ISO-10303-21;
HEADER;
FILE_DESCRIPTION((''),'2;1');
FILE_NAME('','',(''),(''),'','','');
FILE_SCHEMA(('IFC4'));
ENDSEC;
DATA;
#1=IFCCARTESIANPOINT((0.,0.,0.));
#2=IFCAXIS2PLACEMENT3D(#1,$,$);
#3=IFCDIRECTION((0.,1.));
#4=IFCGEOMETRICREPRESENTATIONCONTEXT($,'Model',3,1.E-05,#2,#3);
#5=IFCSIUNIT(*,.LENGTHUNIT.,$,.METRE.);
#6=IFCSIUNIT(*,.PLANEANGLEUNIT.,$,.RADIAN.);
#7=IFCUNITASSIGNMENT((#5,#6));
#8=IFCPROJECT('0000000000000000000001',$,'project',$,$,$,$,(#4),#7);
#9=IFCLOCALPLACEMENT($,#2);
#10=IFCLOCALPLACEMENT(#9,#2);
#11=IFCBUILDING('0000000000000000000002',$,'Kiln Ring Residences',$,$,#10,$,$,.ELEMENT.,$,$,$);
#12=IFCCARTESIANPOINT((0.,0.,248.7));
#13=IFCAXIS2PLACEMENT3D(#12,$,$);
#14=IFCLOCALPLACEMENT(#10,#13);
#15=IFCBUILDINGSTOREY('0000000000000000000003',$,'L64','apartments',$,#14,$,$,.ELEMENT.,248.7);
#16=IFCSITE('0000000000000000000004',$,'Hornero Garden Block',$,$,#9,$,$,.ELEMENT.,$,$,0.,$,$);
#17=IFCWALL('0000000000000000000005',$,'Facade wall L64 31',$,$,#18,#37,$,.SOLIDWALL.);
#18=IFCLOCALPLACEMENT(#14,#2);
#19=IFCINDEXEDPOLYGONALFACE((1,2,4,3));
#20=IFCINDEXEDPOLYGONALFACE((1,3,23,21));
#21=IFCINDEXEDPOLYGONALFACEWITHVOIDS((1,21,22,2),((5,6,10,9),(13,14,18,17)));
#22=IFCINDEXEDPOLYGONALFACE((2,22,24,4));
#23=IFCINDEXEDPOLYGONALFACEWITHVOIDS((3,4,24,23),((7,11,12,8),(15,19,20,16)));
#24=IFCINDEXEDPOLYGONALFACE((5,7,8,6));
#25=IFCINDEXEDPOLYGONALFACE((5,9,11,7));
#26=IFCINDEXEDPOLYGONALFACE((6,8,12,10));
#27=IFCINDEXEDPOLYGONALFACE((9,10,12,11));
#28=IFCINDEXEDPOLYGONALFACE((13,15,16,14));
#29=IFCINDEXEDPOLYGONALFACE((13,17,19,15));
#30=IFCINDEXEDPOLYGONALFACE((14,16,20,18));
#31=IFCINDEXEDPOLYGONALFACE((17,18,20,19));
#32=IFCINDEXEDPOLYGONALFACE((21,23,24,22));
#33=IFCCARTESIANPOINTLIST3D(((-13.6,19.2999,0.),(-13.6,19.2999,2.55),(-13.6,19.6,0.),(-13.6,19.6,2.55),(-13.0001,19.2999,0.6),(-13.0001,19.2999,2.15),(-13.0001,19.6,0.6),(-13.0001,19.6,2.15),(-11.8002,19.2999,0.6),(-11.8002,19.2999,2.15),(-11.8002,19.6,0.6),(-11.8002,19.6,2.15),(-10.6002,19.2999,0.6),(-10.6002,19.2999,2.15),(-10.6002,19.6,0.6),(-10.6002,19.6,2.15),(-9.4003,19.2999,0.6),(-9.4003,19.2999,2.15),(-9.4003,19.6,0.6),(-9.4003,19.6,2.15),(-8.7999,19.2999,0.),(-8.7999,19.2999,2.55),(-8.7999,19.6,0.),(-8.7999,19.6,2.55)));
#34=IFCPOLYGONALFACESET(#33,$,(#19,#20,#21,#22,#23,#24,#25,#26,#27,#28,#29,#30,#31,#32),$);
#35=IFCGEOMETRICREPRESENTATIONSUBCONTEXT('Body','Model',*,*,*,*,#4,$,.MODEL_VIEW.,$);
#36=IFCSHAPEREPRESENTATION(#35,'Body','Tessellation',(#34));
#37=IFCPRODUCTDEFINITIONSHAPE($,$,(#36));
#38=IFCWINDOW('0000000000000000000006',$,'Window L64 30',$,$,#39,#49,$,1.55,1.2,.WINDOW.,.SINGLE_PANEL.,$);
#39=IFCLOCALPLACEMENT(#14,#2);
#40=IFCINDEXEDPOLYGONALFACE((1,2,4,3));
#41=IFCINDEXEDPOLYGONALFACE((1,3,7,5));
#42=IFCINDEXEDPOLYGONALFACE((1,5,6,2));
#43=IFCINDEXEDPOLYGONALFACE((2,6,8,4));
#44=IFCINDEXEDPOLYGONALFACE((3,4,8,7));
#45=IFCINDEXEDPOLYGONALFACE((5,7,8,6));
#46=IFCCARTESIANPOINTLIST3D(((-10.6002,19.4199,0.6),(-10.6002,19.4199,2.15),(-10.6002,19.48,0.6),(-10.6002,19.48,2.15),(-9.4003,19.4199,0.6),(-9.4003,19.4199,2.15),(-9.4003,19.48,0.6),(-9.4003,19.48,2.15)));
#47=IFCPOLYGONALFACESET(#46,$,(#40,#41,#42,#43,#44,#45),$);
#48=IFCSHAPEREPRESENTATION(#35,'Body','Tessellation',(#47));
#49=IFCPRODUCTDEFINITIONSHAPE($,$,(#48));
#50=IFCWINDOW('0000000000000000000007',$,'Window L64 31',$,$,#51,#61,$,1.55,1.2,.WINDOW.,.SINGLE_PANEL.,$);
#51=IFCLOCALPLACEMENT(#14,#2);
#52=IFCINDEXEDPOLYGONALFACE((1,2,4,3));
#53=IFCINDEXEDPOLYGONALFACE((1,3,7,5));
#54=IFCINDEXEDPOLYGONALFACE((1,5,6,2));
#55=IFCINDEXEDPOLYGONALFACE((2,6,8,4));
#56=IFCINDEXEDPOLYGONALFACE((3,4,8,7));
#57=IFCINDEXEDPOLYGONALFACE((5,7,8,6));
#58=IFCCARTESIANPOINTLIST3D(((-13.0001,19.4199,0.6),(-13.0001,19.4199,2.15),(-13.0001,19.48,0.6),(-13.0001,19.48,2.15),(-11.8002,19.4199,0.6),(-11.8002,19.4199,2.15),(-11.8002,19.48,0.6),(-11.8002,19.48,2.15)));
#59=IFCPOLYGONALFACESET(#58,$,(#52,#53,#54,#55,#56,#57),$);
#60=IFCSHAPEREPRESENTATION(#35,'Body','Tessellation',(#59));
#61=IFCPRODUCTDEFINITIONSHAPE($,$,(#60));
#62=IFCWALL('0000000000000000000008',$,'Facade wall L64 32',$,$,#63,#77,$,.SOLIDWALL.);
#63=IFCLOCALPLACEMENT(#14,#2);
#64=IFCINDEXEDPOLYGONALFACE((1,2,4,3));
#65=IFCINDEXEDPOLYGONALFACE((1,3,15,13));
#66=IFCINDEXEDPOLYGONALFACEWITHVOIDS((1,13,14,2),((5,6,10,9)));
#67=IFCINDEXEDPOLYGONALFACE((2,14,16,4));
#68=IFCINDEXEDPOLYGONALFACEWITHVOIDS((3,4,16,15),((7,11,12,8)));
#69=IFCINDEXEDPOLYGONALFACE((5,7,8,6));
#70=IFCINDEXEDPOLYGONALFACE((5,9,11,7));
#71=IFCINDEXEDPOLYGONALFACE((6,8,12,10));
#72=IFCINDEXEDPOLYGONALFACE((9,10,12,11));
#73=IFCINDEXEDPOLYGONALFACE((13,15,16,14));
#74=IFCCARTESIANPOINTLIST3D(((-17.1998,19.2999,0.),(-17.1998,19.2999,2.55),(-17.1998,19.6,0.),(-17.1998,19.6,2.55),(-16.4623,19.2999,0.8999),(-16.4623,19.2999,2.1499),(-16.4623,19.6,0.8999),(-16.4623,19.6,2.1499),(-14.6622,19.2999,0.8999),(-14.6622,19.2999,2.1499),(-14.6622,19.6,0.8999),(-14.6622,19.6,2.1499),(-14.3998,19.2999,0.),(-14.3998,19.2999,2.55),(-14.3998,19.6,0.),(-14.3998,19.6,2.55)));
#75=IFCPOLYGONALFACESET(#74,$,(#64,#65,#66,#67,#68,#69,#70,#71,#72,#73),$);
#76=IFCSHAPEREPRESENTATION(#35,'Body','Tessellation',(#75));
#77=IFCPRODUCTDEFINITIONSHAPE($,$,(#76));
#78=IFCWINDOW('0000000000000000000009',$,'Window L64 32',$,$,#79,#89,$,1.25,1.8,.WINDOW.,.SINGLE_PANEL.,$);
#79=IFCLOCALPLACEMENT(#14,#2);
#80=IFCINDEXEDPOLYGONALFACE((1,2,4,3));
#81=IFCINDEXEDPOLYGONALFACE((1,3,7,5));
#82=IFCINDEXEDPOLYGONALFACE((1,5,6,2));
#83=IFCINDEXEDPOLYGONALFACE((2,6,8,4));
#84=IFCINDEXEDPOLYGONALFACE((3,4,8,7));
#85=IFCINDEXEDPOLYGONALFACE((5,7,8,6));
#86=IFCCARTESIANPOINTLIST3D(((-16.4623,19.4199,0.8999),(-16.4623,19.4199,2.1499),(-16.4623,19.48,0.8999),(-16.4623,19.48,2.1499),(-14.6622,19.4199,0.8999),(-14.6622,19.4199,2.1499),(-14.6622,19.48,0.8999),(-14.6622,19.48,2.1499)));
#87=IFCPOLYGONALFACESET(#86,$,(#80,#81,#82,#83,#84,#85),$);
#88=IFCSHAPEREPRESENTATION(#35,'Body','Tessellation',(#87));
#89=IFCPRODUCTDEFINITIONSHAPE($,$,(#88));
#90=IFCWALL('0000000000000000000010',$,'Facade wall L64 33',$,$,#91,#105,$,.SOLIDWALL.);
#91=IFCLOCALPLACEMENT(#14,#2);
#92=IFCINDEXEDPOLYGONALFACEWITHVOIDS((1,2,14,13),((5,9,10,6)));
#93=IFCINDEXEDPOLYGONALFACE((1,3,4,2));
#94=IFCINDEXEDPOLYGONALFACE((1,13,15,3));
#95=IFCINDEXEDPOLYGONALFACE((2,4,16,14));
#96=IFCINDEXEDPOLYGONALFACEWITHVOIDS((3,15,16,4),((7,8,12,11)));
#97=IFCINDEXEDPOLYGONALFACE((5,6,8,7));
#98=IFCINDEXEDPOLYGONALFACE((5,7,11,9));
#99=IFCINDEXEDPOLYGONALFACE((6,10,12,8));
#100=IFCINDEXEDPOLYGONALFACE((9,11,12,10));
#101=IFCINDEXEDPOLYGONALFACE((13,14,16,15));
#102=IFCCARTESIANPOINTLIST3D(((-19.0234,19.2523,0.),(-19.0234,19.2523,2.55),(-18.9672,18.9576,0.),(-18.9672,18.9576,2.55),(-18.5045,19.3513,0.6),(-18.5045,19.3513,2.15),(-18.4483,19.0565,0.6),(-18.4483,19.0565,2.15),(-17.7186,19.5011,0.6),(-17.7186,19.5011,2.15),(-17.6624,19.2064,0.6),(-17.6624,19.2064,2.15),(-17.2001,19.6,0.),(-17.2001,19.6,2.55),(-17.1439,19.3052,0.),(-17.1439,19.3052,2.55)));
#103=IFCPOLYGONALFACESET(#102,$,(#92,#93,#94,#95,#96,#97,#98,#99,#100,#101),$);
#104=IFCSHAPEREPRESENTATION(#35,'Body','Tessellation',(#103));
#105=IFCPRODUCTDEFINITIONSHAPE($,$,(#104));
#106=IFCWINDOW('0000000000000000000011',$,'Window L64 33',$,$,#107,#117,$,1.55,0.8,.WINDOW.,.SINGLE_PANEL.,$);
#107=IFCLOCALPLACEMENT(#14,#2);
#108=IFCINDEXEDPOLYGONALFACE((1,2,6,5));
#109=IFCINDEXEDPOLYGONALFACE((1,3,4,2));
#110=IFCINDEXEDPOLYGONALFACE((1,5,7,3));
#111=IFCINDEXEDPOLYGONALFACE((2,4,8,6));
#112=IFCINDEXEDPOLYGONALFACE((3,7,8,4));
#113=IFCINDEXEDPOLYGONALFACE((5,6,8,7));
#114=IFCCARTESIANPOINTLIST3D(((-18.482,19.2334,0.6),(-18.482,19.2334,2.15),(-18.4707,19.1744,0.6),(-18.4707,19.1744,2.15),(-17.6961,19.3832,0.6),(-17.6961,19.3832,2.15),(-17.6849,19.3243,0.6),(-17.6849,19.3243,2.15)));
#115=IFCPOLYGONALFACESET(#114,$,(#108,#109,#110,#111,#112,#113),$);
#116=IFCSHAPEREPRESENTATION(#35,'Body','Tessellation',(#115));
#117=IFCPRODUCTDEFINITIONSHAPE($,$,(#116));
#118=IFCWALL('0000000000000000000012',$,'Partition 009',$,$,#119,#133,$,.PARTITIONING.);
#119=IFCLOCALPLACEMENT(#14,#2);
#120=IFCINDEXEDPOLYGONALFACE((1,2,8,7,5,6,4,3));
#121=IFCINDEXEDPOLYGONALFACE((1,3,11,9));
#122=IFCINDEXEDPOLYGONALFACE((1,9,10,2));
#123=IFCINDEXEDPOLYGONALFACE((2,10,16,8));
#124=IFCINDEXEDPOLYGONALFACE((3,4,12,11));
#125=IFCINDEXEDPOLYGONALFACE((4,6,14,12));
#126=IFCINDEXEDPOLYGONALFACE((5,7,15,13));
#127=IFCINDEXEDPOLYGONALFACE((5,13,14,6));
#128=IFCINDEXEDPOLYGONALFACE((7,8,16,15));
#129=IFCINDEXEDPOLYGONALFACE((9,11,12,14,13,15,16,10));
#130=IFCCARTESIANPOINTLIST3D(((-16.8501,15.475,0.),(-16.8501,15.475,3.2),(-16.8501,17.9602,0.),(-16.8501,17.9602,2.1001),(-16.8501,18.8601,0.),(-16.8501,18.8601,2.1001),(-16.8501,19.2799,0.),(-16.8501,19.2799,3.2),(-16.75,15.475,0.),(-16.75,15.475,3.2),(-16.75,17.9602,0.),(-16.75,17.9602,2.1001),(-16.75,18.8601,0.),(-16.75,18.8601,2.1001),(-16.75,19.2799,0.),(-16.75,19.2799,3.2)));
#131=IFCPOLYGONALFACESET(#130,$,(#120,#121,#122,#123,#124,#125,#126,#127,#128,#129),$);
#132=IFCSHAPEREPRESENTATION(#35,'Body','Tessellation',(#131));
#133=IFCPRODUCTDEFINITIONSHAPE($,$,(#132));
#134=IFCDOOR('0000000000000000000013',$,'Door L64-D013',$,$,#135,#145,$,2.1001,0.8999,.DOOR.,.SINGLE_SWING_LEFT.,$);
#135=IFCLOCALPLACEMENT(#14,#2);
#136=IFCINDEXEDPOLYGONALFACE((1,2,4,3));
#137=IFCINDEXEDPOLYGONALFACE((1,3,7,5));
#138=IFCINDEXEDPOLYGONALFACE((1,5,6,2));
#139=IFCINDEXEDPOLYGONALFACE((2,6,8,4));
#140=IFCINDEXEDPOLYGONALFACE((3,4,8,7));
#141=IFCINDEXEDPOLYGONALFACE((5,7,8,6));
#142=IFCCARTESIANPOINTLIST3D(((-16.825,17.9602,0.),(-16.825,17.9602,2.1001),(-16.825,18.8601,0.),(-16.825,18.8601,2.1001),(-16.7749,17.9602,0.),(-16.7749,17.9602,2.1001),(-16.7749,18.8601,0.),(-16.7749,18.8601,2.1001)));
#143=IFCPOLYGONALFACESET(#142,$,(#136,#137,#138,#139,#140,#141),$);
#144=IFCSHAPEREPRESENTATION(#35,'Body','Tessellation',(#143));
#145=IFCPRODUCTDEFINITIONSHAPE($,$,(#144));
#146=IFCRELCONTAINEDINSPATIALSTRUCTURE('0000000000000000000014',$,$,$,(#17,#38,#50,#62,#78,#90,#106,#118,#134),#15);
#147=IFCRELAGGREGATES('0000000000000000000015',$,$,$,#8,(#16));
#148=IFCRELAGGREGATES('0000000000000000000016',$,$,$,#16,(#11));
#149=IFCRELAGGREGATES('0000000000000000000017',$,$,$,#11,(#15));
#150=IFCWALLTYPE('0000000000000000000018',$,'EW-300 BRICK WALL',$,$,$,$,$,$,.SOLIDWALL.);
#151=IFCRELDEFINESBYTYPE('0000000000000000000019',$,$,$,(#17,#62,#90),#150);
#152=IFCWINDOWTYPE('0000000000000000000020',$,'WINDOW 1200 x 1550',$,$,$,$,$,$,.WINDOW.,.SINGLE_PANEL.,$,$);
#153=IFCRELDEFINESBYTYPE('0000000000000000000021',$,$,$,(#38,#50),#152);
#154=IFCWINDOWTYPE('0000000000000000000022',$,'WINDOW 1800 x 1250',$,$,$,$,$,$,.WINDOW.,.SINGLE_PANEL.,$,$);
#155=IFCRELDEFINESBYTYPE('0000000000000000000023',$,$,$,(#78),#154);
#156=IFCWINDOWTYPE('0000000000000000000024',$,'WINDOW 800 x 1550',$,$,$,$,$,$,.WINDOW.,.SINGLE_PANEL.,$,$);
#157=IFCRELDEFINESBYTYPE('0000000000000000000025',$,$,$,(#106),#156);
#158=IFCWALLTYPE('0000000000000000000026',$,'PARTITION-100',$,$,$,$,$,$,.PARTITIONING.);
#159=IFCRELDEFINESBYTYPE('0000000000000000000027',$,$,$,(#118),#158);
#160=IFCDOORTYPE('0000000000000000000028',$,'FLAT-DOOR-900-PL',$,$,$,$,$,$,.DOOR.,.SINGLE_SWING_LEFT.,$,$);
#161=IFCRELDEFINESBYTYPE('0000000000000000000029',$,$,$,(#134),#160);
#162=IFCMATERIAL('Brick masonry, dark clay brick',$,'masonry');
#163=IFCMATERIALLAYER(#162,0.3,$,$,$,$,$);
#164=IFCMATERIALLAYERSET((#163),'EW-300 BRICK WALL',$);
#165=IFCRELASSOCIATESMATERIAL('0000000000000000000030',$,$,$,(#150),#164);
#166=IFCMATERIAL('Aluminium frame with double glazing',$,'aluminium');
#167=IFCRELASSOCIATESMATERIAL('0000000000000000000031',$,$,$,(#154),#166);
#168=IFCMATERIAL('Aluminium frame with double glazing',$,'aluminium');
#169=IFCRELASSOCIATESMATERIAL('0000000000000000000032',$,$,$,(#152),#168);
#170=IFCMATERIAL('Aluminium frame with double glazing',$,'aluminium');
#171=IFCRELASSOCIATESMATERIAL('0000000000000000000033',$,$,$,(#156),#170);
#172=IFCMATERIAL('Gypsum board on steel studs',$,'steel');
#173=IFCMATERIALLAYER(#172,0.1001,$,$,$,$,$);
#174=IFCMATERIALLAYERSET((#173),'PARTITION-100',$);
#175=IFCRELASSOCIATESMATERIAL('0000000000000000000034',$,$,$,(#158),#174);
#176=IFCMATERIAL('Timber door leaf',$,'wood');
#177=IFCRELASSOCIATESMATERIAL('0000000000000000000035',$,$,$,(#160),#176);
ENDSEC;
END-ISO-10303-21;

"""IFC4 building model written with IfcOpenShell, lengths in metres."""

from ifc_helpers import new_model, si_unit, direction, frame, frame_2d, origin, place, context, subcontext, project, spatial, rectangle, extrude, material, layer, layer_set, type_object, element, fill, save


model = new_model("IFC4")

# Units and contexts
model_context = context("Model", 3, precision=1e-05, world=origin(), true_north=direction((0.0, 1.0)))
body_context = subcontext(model_context, "Body", "Model", "MODEL_VIEW")
ifc_project = project(units=[si_unit("LENGTHUNIT", "METRE"), si_unit("PLANEANGLEUNIT", "RADIAN")], contexts=[model_context])

# Site, building, storey
site_placement = place(None, origin())
site = spatial("IfcSite", under=ifc_project, at=site_placement, Name="Hornero Garden Block", CompositionType="ELEMENT", RefElevation=0.0)
building_placement = place(site_placement, origin())
building = spatial("IfcBuilding", under=site, at=building_placement, Name="Kiln Ring Residences", CompositionType="ELEMENT")
storey_placement = place(building_placement, frame((0.0, 0.0, 248.7)))
storey = spatial("IfcBuildingStorey", under=building, at=storey_placement, Name="L64", Description="apartments", CompositionType="ELEMENT", Elevation=248.7)

# Wall, openings, windows
ifc_material_1 = material(Name="Brick masonry, dark clay brick", Category="masonry")
ifc_layer_1 = layer(ifc_material_1, 0.3)
ifc_layer_set_1 = layer_set([ifc_layer_1], Name="EW-300 BRICK WALL")
wall_type_1 = type_object("IfcWallType", Name="EW-300 BRICK WALL", PredefinedType="SOLIDWALL", material=ifc_layer_set_1)
ifc_material_2 = material(Name="Aluminium frame with double glazing", Category="aluminium")
window_type_1 = type_object("IfcWindowType", Name="WINDOW 1800 x 1250", PartitioningType="SINGLE_PANEL", PredefinedType="WINDOW", material=ifc_material_2)
wall_1_placement = place(storey_placement, frame((-8.8, 19.45, 0.0), z_axis=(0.0, 0.0, 1.0), x_axis=(-1.0, 0.0, 0.0)))
wall_1 = element("IfcWall", 1, at=wall_1_placement, inside=storey, type_object=wall_type_1, Name="Facade wall L64 31", PredefinedType="SOLIDWALL", context=body_context, shape_type="SweptSolid", body=[
    extrude(rectangle(XDim=4.8, YDim=0.3, at=frame_2d((2.3999, 0.0))), origin(), (0.0, 0.0, 1.0), 2.55),
])
opening_1_placement = place(wall_1_placement, frame((0.6001, 0.0, 0.6001)))
opening_1 = element("IfcOpeningElement", 2, at=opening_1_placement, cuts=wall_1, PredefinedType="OPENING", context=body_context, shape_type="SweptSolid", body=[
    extrude(rectangle(XDim=1.2, YDim=1.55, at=frame_2d((0.6001, 0.7749))), frame((0.0, 0.1599, 0.0), z_axis=(0.0, -1.0, 0.0), x_axis=(1.0, 0.0, 0.0)), (0.0, 0.0, 1.0), 0.3201),
])
opening_2_placement = place(wall_1_placement, frame((3.0, 0.0, 0.6001)))
opening_2 = element("IfcOpeningElement", 3, at=opening_2_placement, cuts=wall_1, PredefinedType="OPENING", context=body_context, shape_type="SweptSolid", body=[
    extrude(rectangle(XDim=1.2, YDim=1.55, at=frame_2d((0.6001, 0.7749))), frame((0.0, 0.1599, 0.0), z_axis=(0.0, -1.0, 0.0), x_axis=(1.0, 0.0, 0.0)), (0.0, 0.0, 1.0), 0.3201),
])
ifc_material_3 = material(Name="Aluminium frame with double glazing", Category="aluminium")
window_type_2 = type_object("IfcWindowType", Name="WINDOW 1200 x 1550", PartitioningType="SINGLE_PANEL", PredefinedType="WINDOW", material=ifc_material_3)
window_1_placement = place(opening_1_placement, origin())
window_1 = element("IfcWindow", 4, at=window_1_placement, inside=storey, type_object=window_type_2, Name="Window L64 30", OverallHeight=1.55, OverallWidth=1.2, PartitioningType="SINGLE_PANEL", PredefinedType="WINDOW", context=body_context, shape_type="SweptSolid", body=[
    extrude(rectangle(XDim=1.2, YDim=1.55, at=frame_2d((0.6001, 0.7749))), frame((0.0, 0.03, 0.0), z_axis=(0.0, -1.0, 0.0), x_axis=(1.0, 0.0, 0.0)), (0.0, 0.0, 1.0), 0.0601),
])
fill(opening_1, window_1)
window_2_placement = place(opening_2_placement, origin())
window_2 = element("IfcWindow", 5, at=window_2_placement, inside=storey, type_object=window_type_2, Name="Window L64 31", OverallHeight=1.55, OverallWidth=1.2, PartitioningType="SINGLE_PANEL", PredefinedType="WINDOW", context=body_context, shape_type="SweptSolid", body=[
    extrude(rectangle(XDim=1.2, YDim=1.55, at=frame_2d((0.6001, 0.7749))), frame((0.0, 0.03, 0.0), z_axis=(0.0, -1.0, 0.0), x_axis=(1.0, 0.0, 0.0)), (0.0, 0.0, 1.0), 0.0601),
])
fill(opening_2, window_2)

# Walls, openings, windows
wall_2_placement = place(storey_placement, frame((-14.3999, 19.45, 0.0), z_axis=(0.0, 0.0, 1.0), x_axis=(-1.0, 0.0, 0.0)))
wall_2 = element("IfcWall", 6, at=wall_2_placement, inside=storey, type_object=wall_type_1, Name="Facade wall L64 32", PredefinedType="SOLIDWALL", context=body_context, shape_type="SweptSolid", body=[
    extrude(rectangle(XDim=2.8, YDim=0.3, at=frame_2d((1.3999, 0.0))), origin(), (0.0, 0.0, 1.0), 2.55),
])
opening_3_placement = place(wall_2_placement, frame((0.2625, 0.0, 0.8999)))
opening_3 = element("IfcOpeningElement", 7, at=opening_3_placement, cuts=wall_2, PredefinedType="OPENING", context=body_context, shape_type="SweptSolid", body=[
    extrude(rectangle(XDim=1.8, YDim=1.25, at=frame_2d((0.8999, 0.625))), frame((0.0, 0.1599, 0.0), z_axis=(0.0, -1.0, 0.0), x_axis=(1.0, 0.0, 0.0)), (0.0, 0.0, 1.0), 0.3201),
])
window_3_placement = place(opening_3_placement, origin())
window_3 = element("IfcWindow", 8, at=window_3_placement, inside=storey, type_object=window_type_1, Name="Window L64 32", OverallHeight=1.25, OverallWidth=1.8, PartitioningType="SINGLE_PANEL", PredefinedType="WINDOW", context=body_context, shape_type="SweptSolid", body=[
    extrude(rectangle(XDim=1.8, YDim=1.25, at=frame_2d((0.8999, 0.625))), frame((0.0, 0.03, 0.0), z_axis=(0.0, -1.0, 0.0), x_axis=(1.0, 0.0, 0.0)), (0.0, 0.0, 1.0), 0.0601),
])
fill(opening_3, window_3)
wall_3_placement = place(storey_placement, frame((-17.1719, 19.4526, 0.0), z_axis=(0.0, 0.0, 1.0), x_axis=(-0.982302, -0.187306, 0.0)))
wall_3 = element("IfcWall", 9, at=wall_3_placement, inside=storey, type_object=wall_type_1, Name="Facade wall L64 33", PredefinedType="SOLIDWALL", context=body_context, shape_type="SweptSolid", body=[
    extrude(rectangle(XDim=1.8562, YDim=0.3, at=frame_2d((0.9282, 0.0))), origin(), (0.0, 0.0, 1.0), 2.55),
])
opening_4_placement = place(wall_3_placement, frame((0.5281, 0.0, 0.6001)))
opening_4 = element("IfcOpeningElement", 10, at=opening_4_placement, cuts=wall_3, PredefinedType="OPENING", context=body_context, shape_type="SweptSolid", body=[
    extrude(rectangle(XDim=0.8, YDim=1.55, at=frame_2d((0.3999, 0.7749))), frame((0.0, 0.1599, 0.0), z_axis=(0.0, -1.0, 0.0), x_axis=(1.0, 0.0, 0.0)), (0.0, 0.0, 1.0), 0.3201),
])
ifc_material_4 = material(Name="Aluminium frame with double glazing", Category="aluminium")
window_type_3 = type_object("IfcWindowType", Name="WINDOW 800 x 1550", PartitioningType="SINGLE_PANEL", PredefinedType="WINDOW", material=ifc_material_4)
window_4_placement = place(opening_4_placement, origin())
window_4 = element("IfcWindow", 11, at=window_4_placement, inside=storey, type_object=window_type_3, Name="Window L64 33", OverallHeight=1.55, OverallWidth=0.8, PartitioningType="SINGLE_PANEL", PredefinedType="WINDOW", context=body_context, shape_type="SweptSolid", body=[
    extrude(rectangle(XDim=0.8, YDim=1.55, at=frame_2d((0.3999, 0.7749))), frame((0.0, 0.03, 0.0), z_axis=(0.0, -1.0, 0.0), x_axis=(1.0, 0.0, 0.0)), (0.0, 0.0, 1.0), 0.0601),
])
fill(opening_4, window_4)

# Wall, opening, door
ifc_material_5 = material(Name="Gypsum board on steel studs", Category="steel")
ifc_layer_2 = layer(ifc_material_5, 0.1001)
ifc_layer_set_2 = layer_set([ifc_layer_2], Name="PARTITION-100")
wall_type_2 = type_object("IfcWallType", Name="PARTITION-100", PredefinedType="PARTITIONING", material=ifc_layer_set_2)
wall_4_placement = place(storey_placement, frame((-16.8, 15.4751, 0.0), z_axis=(0.0, 0.0, 1.0), x_axis=(0.0, 1.0, 0.0)))
wall_4 = element("IfcWall", 12, at=wall_4_placement, inside=storey, type_object=wall_type_2, Name="Partition 009", PredefinedType="PARTITIONING", context=body_context, shape_type="SweptSolid", body=[
    extrude(rectangle(XDim=3.8049, YDim=0.1001, at=frame_2d((1.9023, 0.0))), origin(), (0.0, 0.0, 1.0), 3.2),
])
opening_5_placement = place(wall_4_placement, frame((2.4851, 0.0, 0.0)))
opening_5 = element("IfcOpeningElement", 13, at=opening_5_placement, cuts=wall_4, PredefinedType="OPENING", context=body_context, shape_type="SweptSolid", body=[
    extrude(rectangle(XDim=0.8999, YDim=2.1001, at=frame_2d((0.45, 1.05))), frame((0.0, 0.0601, 0.0), z_axis=(0.0, -1.0, 0.0), x_axis=(1.0, 0.0, 0.0)), (0.0, 0.0, 1.0), 0.1201),
])
ifc_material_6 = material(Name="Timber door leaf", Category="wood")
door_type_1 = type_object("IfcDoorType", Name="FLAT-DOOR-900-PL", OperationType="SINGLE_SWING_LEFT", PredefinedType="DOOR", material=ifc_material_6)
door_1_placement = place(opening_5_placement, origin())
door_1 = element("IfcDoor", 14, at=door_1_placement, inside=storey, type_object=door_type_1, Name="Door L64-D013", OperationType="SINGLE_SWING_LEFT", OverallHeight=2.1001, OverallWidth=0.8999, PredefinedType="DOOR", context=body_context, shape_type="SweptSolid", body=[
    extrude(rectangle(XDim=0.8999, YDim=2.1001, at=frame_2d((0.45, 1.05))), frame((0.0, 0.0249, 0.0), z_axis=(0.0, -1.0, 0.0), x_axis=(1.0, 0.0, 0.0)), (0.0, 0.0, 1.0), 0.05),
])
fill(opening_5, door_1)

save(model, "model.ifc")
